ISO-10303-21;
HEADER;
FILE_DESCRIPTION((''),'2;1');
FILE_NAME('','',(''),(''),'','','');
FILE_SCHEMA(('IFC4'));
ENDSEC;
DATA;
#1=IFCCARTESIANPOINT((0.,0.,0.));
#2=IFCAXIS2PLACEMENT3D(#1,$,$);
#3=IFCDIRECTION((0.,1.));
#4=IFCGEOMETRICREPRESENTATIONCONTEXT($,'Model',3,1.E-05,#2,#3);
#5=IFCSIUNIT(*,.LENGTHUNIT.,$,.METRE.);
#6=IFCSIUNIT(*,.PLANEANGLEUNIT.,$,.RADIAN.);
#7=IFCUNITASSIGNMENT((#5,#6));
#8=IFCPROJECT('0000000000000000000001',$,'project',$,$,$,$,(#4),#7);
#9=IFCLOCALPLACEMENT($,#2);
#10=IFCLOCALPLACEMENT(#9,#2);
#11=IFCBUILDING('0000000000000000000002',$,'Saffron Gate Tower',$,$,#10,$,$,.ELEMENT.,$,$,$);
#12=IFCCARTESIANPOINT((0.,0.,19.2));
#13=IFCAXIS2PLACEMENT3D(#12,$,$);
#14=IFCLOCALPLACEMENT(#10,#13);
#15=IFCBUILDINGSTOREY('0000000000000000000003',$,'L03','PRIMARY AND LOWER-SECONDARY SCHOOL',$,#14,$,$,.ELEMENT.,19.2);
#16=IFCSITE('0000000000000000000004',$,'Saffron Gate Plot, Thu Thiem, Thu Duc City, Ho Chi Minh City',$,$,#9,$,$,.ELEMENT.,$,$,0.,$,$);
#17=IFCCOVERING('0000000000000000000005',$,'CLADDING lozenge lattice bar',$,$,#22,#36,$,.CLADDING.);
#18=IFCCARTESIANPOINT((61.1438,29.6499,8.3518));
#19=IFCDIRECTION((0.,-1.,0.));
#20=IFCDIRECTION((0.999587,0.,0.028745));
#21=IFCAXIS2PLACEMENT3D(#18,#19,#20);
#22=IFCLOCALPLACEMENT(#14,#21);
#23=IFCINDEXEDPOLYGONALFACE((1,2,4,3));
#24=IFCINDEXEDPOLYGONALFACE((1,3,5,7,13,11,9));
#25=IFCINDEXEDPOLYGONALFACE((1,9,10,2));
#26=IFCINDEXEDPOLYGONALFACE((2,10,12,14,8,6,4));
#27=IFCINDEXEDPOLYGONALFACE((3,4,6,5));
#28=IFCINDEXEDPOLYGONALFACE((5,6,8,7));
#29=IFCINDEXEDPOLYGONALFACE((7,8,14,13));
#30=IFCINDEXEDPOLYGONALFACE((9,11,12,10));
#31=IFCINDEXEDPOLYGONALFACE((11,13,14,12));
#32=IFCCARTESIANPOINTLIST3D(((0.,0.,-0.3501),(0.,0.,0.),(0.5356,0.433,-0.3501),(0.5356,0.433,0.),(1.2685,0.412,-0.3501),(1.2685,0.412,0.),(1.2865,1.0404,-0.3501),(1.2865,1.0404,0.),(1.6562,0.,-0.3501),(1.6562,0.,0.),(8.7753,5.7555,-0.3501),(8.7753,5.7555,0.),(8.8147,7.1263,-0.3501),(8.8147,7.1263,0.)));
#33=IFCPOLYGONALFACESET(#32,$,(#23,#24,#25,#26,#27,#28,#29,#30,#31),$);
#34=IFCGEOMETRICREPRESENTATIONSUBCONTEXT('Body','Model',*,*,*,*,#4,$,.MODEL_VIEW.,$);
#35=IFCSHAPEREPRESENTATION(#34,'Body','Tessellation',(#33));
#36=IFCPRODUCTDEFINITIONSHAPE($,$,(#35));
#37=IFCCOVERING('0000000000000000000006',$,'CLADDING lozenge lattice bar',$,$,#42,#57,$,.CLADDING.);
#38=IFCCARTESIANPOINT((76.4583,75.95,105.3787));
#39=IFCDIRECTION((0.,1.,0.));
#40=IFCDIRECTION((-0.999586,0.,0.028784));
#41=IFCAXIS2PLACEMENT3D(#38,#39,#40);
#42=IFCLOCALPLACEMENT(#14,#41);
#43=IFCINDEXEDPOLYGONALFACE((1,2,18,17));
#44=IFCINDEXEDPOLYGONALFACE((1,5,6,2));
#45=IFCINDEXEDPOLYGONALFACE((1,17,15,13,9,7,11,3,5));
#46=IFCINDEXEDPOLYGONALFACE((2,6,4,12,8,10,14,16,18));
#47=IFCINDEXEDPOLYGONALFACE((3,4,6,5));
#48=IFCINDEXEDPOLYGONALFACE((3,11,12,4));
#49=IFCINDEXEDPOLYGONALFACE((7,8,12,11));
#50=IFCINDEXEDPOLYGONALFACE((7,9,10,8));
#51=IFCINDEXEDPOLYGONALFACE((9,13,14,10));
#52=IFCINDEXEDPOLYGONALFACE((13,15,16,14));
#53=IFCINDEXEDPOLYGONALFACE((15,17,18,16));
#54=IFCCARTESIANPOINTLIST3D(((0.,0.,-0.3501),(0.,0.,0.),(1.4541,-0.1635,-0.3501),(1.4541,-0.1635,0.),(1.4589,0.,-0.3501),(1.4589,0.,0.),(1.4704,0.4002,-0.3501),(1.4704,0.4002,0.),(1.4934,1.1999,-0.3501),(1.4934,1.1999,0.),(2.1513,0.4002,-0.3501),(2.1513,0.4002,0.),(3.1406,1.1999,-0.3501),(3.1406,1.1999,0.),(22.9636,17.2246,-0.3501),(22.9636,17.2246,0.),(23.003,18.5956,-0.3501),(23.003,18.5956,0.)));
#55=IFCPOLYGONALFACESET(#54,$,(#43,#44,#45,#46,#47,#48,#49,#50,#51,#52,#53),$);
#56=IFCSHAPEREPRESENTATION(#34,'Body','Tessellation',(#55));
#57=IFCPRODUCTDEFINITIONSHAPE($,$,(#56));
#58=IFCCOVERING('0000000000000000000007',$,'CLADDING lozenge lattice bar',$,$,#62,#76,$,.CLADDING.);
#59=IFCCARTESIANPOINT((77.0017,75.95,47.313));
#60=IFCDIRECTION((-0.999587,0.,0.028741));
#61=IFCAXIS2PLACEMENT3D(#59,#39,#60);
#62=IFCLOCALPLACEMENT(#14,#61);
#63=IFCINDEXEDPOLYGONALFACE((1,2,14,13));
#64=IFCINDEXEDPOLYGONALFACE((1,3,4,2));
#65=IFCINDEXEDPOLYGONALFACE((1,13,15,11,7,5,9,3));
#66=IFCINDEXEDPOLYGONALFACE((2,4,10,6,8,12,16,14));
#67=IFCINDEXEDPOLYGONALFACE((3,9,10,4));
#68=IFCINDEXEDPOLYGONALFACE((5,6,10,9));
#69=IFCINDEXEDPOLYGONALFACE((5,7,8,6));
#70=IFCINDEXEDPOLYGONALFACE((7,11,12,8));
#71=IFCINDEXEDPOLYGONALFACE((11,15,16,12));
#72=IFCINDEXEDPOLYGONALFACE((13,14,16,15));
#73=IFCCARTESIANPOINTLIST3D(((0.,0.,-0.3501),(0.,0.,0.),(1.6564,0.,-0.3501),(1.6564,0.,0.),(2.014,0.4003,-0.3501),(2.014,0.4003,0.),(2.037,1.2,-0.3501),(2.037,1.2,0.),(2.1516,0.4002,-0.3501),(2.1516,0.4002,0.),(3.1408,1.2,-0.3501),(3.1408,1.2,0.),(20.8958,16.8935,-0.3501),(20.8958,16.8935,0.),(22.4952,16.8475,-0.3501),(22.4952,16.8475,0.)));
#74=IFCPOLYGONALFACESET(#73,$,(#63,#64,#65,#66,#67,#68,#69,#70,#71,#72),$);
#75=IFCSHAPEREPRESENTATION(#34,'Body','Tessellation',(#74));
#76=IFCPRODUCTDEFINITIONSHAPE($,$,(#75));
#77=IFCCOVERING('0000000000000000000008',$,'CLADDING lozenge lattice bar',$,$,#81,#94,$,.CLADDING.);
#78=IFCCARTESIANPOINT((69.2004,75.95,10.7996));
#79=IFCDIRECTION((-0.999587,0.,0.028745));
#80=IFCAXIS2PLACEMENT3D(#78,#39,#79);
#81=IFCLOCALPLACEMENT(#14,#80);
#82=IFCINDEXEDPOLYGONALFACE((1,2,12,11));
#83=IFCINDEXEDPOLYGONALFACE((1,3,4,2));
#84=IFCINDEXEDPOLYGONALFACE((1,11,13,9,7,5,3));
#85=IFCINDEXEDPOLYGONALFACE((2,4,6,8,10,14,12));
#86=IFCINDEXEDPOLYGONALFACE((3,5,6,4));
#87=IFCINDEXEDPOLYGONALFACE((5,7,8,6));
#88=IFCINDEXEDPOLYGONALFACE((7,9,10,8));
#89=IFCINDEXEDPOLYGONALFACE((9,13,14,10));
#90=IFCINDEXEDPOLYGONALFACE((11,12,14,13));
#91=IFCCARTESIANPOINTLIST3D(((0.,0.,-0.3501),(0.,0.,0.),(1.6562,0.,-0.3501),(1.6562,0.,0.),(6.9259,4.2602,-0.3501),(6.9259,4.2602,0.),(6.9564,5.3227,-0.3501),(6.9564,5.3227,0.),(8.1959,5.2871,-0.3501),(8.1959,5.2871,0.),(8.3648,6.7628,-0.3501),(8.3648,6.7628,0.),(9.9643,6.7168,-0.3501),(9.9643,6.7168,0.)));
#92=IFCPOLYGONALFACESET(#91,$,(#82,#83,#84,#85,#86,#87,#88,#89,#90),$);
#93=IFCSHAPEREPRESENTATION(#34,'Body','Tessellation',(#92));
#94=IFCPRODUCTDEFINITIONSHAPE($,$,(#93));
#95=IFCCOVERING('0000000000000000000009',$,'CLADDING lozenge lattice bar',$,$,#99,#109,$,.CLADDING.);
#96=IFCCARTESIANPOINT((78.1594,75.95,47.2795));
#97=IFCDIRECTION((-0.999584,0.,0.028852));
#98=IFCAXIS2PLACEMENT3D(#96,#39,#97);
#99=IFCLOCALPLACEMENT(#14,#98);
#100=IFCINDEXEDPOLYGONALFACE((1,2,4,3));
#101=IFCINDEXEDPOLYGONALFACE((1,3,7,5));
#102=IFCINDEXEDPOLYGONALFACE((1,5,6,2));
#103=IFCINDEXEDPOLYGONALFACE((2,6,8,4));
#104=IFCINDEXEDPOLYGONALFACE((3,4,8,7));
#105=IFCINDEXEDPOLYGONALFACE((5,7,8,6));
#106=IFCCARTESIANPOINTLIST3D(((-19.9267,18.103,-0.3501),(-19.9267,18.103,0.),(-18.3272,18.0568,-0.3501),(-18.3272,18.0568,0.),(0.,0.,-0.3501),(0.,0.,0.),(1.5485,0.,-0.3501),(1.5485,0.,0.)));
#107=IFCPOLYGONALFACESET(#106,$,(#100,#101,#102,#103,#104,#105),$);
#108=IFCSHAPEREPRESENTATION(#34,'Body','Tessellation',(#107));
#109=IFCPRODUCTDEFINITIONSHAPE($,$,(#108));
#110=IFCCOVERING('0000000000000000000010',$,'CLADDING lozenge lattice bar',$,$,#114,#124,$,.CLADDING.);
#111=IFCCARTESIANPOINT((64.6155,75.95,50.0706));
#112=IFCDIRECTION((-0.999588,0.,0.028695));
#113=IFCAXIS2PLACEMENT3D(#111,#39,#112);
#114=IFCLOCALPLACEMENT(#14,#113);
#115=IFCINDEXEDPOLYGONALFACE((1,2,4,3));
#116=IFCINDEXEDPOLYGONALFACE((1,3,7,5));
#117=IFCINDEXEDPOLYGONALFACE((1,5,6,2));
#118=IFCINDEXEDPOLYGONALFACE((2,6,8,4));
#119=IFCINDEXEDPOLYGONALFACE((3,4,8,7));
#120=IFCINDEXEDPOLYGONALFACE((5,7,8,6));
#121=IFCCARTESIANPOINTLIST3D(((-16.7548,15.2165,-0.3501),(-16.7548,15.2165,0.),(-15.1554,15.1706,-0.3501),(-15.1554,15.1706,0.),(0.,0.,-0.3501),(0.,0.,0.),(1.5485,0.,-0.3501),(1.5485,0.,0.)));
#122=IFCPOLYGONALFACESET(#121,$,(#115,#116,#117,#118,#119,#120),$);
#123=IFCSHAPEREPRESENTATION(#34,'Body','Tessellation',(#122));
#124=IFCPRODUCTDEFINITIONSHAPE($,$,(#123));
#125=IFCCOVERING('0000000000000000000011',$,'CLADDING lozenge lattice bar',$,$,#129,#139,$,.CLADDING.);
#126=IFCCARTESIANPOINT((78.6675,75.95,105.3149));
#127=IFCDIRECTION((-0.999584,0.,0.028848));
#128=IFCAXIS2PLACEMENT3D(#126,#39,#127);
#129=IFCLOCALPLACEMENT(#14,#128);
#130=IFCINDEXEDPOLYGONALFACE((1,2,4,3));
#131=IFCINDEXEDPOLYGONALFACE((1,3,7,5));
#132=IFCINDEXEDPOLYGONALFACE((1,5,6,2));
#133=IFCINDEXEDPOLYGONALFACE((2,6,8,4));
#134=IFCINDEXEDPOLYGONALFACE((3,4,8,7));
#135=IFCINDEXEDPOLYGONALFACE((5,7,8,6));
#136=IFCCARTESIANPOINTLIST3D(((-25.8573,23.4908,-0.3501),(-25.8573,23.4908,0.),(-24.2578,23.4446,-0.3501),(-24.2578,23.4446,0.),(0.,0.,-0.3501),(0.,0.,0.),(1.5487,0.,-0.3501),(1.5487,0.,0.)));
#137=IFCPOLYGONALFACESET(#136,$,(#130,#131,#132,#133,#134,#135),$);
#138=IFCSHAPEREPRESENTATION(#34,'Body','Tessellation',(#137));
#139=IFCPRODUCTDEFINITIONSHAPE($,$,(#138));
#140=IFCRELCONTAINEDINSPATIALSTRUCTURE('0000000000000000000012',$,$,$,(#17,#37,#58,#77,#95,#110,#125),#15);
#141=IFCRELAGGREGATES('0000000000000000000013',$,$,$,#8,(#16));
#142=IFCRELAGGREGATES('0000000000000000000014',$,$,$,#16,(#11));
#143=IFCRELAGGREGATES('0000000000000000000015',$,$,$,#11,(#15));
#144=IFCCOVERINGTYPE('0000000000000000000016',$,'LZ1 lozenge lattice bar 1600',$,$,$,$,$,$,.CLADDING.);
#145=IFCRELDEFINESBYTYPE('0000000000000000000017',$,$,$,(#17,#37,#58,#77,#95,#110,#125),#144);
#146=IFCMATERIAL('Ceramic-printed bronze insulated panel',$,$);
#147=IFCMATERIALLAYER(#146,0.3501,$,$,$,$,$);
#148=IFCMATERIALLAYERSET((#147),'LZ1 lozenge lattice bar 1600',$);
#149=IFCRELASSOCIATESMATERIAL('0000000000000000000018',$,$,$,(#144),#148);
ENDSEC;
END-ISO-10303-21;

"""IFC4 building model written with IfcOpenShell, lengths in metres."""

from ifc_helpers import new_model, si_unit, direction, frame, origin, place, context, subcontext, project, spatial, polyline, outline, extrude, material, layer, layer_set, type_object, element, save


model = new_model("IFC4")

# Units and contexts
model_context = context("Model", 3, precision=1e-05, world=origin(), true_north=direction((0.0, 1.0)))
body_context = subcontext(model_context, "Body", "Model", "MODEL_VIEW")
ifc_project = project(units=[si_unit("LENGTHUNIT", "METRE"), si_unit("PLANEANGLEUNIT", "RADIAN")], contexts=[model_context])

# Site, building, storey
site_placement = place(None, origin())
site = spatial("IfcSite", under=ifc_project, at=site_placement, Name="Saffron Gate Plot, Thu Thiem, Thu Duc City, Ho Chi Minh City", CompositionType="ELEMENT", RefElevation=0.0)
building_placement = place(site_placement, origin())
building = spatial("IfcBuilding", under=site, at=building_placement, Name="Saffron Gate Tower", CompositionType="ELEMENT")
storey_placement = place(building_placement, frame((0.0, 0.0, 19.2)))
storey = spatial("IfcBuildingStorey", under=building, at=storey_placement, Name="L03", Description="PRIMARY AND LOWER-SECONDARY SCHOOL", CompositionType="ELEMENT", Elevation=19.2)

# Coverings
ifc_material_1 = material(Name="Ceramic-printed bronze insulated panel")
ifc_layer_1 = layer(ifc_material_1, 0.3501)
ifc_layer_set_1 = layer_set([ifc_layer_1], Name="LZ1 lozenge lattice bar 1600")
covering_type_1 = type_object("IfcCoveringType", Name="LZ1 lozenge lattice bar 1600", PredefinedType="CLADDING", material=ifc_layer_set_1)
covering_1_placement = place(storey_placement, frame((61.1438, 29.6499, 8.3518), z_axis=(0.0, -1.0, 0.0), x_axis=(0.999587, 0.0, 0.028745)))
element("IfcCovering", 1, at=covering_1_placement, inside=storey, type_object=covering_type_1, Name="CLADDING lozenge lattice bar", PredefinedType="CLADDING", context=body_context, shape_type="SweptSolid", body=[
    extrude(outline(polyline([(0.0, 0.0), (1.6562, 0.0), (8.7753, 5.7555), (8.8147, 7.1263), (1.2865, 1.0404), (1.2685, 0.412), (0.5356, 0.433), (0.0, 0.0)])), origin(), (0.0, 0.0, -1.0), 0.3501),
])
covering_2_placement = place(storey_placement, frame((76.4583, 75.95, 105.3787), z_axis=(0.0, 1.0, 0.0), x_axis=(-0.999586, 0.0, 0.028784)))
element("IfcCovering", 2, at=covering_2_placement, inside=storey, type_object=covering_type_1, Name="CLADDING lozenge lattice bar", PredefinedType="CLADDING", context=body_context, shape_type="SweptSolid", body=[
    extrude(outline(polyline([(0.0, 0.0), (1.4589, 0.0), (1.4541, -0.1635), (2.1513, 0.4002), (1.4704, 0.4002), (1.4934, 1.1999), (3.1406, 1.1999), (22.9636, 17.2246), (23.003, 18.5956), (0.0, 0.0)])), origin(), (0.0, 0.0, -1.0), 0.3501),
])
covering_3_placement = place(storey_placement, frame((77.0017, 75.95, 47.313), z_axis=(0.0, 1.0, 0.0), x_axis=(-0.999587, 0.0, 0.028741)))
element("IfcCovering", 3, at=covering_3_placement, inside=storey, type_object=covering_type_1, Name="CLADDING lozenge lattice bar", PredefinedType="CLADDING", context=body_context, shape_type="SweptSolid", body=[
    extrude(outline(polyline([(0.0, 0.0), (1.6564, 0.0), (2.1516, 0.4002), (2.014, 0.4003), (2.037, 1.2), (3.1408, 1.2), (22.4952, 16.8475), (20.8958, 16.8935), (0.0, 0.0)])), origin(), (0.0, 0.0, -1.0), 0.3501),
])
covering_4_placement = place(storey_placement, frame((69.2004, 75.95, 10.7996), z_axis=(0.0, 1.0, 0.0), x_axis=(-0.999587, 0.0, 0.028745)))
element("IfcCovering", 4, at=covering_4_placement, inside=storey, type_object=covering_type_1, Name="CLADDING lozenge lattice bar", PredefinedType="CLADDING", context=body_context, shape_type="SweptSolid", body=[
    extrude(outline(polyline([(0.0, 0.0), (1.6562, 0.0), (6.9259, 4.2602), (6.9564, 5.3227), (8.1959, 5.2871), (9.9643, 6.7168), (8.3648, 6.7628), (0.0, 0.0)])), origin(), (0.0, 0.0, -1.0), 0.3501),
])
covering_5_placement = place(storey_placement, frame((78.1594, 75.95, 47.2795), z_axis=(0.0, 1.0, 0.0), x_axis=(-0.999584, 0.0, 0.028852)))
element("IfcCovering", 5, at=covering_5_placement, inside=storey, type_object=covering_type_1, Name="CLADDING lozenge lattice bar", PredefinedType="CLADDING", context=body_context, shape_type="SweptSolid", body=[
    extrude(outline(polyline([(0.0, 0.0), (1.5485, 0.0), (-18.3272, 18.0568), (-19.9267, 18.103), (0.0, 0.0)])), origin(), (0.0, 0.0, -1.0), 0.3501),
])
covering_6_placement = place(storey_placement, frame((64.6155, 75.95, 50.0706), z_axis=(0.0, 1.0, 0.0), x_axis=(-0.999588, 0.0, 0.028695)))
element("IfcCovering", 6, at=covering_6_placement, inside=storey, type_object=covering_type_1, Name="CLADDING lozenge lattice bar", PredefinedType="CLADDING", context=body_context, shape_type="SweptSolid", body=[
    extrude(outline(polyline([(0.0, 0.0), (1.5485, 0.0), (-15.1554, 15.1706), (-16.7548, 15.2165), (0.0, 0.0)])), origin(), (0.0, 0.0, -1.0), 0.3501),
])
covering_7_placement = place(storey_placement, frame((78.6675, 75.95, 105.3149), z_axis=(0.0, 1.0, 0.0), x_axis=(-0.999584, 0.0, 0.028848)))
element("IfcCovering", 7, at=covering_7_placement, inside=storey, type_object=covering_type_1, Name="CLADDING lozenge lattice bar", PredefinedType="CLADDING", context=body_context, shape_type="SweptSolid", body=[
    extrude(outline(polyline([(0.0, 0.0), (1.5487, 0.0), (-24.2578, 23.4446), (-25.8573, 23.4908), (0.0, 0.0)])), origin(), (0.0, 0.0, -1.0), 0.3501),
])

save(model, "model.ifc")
